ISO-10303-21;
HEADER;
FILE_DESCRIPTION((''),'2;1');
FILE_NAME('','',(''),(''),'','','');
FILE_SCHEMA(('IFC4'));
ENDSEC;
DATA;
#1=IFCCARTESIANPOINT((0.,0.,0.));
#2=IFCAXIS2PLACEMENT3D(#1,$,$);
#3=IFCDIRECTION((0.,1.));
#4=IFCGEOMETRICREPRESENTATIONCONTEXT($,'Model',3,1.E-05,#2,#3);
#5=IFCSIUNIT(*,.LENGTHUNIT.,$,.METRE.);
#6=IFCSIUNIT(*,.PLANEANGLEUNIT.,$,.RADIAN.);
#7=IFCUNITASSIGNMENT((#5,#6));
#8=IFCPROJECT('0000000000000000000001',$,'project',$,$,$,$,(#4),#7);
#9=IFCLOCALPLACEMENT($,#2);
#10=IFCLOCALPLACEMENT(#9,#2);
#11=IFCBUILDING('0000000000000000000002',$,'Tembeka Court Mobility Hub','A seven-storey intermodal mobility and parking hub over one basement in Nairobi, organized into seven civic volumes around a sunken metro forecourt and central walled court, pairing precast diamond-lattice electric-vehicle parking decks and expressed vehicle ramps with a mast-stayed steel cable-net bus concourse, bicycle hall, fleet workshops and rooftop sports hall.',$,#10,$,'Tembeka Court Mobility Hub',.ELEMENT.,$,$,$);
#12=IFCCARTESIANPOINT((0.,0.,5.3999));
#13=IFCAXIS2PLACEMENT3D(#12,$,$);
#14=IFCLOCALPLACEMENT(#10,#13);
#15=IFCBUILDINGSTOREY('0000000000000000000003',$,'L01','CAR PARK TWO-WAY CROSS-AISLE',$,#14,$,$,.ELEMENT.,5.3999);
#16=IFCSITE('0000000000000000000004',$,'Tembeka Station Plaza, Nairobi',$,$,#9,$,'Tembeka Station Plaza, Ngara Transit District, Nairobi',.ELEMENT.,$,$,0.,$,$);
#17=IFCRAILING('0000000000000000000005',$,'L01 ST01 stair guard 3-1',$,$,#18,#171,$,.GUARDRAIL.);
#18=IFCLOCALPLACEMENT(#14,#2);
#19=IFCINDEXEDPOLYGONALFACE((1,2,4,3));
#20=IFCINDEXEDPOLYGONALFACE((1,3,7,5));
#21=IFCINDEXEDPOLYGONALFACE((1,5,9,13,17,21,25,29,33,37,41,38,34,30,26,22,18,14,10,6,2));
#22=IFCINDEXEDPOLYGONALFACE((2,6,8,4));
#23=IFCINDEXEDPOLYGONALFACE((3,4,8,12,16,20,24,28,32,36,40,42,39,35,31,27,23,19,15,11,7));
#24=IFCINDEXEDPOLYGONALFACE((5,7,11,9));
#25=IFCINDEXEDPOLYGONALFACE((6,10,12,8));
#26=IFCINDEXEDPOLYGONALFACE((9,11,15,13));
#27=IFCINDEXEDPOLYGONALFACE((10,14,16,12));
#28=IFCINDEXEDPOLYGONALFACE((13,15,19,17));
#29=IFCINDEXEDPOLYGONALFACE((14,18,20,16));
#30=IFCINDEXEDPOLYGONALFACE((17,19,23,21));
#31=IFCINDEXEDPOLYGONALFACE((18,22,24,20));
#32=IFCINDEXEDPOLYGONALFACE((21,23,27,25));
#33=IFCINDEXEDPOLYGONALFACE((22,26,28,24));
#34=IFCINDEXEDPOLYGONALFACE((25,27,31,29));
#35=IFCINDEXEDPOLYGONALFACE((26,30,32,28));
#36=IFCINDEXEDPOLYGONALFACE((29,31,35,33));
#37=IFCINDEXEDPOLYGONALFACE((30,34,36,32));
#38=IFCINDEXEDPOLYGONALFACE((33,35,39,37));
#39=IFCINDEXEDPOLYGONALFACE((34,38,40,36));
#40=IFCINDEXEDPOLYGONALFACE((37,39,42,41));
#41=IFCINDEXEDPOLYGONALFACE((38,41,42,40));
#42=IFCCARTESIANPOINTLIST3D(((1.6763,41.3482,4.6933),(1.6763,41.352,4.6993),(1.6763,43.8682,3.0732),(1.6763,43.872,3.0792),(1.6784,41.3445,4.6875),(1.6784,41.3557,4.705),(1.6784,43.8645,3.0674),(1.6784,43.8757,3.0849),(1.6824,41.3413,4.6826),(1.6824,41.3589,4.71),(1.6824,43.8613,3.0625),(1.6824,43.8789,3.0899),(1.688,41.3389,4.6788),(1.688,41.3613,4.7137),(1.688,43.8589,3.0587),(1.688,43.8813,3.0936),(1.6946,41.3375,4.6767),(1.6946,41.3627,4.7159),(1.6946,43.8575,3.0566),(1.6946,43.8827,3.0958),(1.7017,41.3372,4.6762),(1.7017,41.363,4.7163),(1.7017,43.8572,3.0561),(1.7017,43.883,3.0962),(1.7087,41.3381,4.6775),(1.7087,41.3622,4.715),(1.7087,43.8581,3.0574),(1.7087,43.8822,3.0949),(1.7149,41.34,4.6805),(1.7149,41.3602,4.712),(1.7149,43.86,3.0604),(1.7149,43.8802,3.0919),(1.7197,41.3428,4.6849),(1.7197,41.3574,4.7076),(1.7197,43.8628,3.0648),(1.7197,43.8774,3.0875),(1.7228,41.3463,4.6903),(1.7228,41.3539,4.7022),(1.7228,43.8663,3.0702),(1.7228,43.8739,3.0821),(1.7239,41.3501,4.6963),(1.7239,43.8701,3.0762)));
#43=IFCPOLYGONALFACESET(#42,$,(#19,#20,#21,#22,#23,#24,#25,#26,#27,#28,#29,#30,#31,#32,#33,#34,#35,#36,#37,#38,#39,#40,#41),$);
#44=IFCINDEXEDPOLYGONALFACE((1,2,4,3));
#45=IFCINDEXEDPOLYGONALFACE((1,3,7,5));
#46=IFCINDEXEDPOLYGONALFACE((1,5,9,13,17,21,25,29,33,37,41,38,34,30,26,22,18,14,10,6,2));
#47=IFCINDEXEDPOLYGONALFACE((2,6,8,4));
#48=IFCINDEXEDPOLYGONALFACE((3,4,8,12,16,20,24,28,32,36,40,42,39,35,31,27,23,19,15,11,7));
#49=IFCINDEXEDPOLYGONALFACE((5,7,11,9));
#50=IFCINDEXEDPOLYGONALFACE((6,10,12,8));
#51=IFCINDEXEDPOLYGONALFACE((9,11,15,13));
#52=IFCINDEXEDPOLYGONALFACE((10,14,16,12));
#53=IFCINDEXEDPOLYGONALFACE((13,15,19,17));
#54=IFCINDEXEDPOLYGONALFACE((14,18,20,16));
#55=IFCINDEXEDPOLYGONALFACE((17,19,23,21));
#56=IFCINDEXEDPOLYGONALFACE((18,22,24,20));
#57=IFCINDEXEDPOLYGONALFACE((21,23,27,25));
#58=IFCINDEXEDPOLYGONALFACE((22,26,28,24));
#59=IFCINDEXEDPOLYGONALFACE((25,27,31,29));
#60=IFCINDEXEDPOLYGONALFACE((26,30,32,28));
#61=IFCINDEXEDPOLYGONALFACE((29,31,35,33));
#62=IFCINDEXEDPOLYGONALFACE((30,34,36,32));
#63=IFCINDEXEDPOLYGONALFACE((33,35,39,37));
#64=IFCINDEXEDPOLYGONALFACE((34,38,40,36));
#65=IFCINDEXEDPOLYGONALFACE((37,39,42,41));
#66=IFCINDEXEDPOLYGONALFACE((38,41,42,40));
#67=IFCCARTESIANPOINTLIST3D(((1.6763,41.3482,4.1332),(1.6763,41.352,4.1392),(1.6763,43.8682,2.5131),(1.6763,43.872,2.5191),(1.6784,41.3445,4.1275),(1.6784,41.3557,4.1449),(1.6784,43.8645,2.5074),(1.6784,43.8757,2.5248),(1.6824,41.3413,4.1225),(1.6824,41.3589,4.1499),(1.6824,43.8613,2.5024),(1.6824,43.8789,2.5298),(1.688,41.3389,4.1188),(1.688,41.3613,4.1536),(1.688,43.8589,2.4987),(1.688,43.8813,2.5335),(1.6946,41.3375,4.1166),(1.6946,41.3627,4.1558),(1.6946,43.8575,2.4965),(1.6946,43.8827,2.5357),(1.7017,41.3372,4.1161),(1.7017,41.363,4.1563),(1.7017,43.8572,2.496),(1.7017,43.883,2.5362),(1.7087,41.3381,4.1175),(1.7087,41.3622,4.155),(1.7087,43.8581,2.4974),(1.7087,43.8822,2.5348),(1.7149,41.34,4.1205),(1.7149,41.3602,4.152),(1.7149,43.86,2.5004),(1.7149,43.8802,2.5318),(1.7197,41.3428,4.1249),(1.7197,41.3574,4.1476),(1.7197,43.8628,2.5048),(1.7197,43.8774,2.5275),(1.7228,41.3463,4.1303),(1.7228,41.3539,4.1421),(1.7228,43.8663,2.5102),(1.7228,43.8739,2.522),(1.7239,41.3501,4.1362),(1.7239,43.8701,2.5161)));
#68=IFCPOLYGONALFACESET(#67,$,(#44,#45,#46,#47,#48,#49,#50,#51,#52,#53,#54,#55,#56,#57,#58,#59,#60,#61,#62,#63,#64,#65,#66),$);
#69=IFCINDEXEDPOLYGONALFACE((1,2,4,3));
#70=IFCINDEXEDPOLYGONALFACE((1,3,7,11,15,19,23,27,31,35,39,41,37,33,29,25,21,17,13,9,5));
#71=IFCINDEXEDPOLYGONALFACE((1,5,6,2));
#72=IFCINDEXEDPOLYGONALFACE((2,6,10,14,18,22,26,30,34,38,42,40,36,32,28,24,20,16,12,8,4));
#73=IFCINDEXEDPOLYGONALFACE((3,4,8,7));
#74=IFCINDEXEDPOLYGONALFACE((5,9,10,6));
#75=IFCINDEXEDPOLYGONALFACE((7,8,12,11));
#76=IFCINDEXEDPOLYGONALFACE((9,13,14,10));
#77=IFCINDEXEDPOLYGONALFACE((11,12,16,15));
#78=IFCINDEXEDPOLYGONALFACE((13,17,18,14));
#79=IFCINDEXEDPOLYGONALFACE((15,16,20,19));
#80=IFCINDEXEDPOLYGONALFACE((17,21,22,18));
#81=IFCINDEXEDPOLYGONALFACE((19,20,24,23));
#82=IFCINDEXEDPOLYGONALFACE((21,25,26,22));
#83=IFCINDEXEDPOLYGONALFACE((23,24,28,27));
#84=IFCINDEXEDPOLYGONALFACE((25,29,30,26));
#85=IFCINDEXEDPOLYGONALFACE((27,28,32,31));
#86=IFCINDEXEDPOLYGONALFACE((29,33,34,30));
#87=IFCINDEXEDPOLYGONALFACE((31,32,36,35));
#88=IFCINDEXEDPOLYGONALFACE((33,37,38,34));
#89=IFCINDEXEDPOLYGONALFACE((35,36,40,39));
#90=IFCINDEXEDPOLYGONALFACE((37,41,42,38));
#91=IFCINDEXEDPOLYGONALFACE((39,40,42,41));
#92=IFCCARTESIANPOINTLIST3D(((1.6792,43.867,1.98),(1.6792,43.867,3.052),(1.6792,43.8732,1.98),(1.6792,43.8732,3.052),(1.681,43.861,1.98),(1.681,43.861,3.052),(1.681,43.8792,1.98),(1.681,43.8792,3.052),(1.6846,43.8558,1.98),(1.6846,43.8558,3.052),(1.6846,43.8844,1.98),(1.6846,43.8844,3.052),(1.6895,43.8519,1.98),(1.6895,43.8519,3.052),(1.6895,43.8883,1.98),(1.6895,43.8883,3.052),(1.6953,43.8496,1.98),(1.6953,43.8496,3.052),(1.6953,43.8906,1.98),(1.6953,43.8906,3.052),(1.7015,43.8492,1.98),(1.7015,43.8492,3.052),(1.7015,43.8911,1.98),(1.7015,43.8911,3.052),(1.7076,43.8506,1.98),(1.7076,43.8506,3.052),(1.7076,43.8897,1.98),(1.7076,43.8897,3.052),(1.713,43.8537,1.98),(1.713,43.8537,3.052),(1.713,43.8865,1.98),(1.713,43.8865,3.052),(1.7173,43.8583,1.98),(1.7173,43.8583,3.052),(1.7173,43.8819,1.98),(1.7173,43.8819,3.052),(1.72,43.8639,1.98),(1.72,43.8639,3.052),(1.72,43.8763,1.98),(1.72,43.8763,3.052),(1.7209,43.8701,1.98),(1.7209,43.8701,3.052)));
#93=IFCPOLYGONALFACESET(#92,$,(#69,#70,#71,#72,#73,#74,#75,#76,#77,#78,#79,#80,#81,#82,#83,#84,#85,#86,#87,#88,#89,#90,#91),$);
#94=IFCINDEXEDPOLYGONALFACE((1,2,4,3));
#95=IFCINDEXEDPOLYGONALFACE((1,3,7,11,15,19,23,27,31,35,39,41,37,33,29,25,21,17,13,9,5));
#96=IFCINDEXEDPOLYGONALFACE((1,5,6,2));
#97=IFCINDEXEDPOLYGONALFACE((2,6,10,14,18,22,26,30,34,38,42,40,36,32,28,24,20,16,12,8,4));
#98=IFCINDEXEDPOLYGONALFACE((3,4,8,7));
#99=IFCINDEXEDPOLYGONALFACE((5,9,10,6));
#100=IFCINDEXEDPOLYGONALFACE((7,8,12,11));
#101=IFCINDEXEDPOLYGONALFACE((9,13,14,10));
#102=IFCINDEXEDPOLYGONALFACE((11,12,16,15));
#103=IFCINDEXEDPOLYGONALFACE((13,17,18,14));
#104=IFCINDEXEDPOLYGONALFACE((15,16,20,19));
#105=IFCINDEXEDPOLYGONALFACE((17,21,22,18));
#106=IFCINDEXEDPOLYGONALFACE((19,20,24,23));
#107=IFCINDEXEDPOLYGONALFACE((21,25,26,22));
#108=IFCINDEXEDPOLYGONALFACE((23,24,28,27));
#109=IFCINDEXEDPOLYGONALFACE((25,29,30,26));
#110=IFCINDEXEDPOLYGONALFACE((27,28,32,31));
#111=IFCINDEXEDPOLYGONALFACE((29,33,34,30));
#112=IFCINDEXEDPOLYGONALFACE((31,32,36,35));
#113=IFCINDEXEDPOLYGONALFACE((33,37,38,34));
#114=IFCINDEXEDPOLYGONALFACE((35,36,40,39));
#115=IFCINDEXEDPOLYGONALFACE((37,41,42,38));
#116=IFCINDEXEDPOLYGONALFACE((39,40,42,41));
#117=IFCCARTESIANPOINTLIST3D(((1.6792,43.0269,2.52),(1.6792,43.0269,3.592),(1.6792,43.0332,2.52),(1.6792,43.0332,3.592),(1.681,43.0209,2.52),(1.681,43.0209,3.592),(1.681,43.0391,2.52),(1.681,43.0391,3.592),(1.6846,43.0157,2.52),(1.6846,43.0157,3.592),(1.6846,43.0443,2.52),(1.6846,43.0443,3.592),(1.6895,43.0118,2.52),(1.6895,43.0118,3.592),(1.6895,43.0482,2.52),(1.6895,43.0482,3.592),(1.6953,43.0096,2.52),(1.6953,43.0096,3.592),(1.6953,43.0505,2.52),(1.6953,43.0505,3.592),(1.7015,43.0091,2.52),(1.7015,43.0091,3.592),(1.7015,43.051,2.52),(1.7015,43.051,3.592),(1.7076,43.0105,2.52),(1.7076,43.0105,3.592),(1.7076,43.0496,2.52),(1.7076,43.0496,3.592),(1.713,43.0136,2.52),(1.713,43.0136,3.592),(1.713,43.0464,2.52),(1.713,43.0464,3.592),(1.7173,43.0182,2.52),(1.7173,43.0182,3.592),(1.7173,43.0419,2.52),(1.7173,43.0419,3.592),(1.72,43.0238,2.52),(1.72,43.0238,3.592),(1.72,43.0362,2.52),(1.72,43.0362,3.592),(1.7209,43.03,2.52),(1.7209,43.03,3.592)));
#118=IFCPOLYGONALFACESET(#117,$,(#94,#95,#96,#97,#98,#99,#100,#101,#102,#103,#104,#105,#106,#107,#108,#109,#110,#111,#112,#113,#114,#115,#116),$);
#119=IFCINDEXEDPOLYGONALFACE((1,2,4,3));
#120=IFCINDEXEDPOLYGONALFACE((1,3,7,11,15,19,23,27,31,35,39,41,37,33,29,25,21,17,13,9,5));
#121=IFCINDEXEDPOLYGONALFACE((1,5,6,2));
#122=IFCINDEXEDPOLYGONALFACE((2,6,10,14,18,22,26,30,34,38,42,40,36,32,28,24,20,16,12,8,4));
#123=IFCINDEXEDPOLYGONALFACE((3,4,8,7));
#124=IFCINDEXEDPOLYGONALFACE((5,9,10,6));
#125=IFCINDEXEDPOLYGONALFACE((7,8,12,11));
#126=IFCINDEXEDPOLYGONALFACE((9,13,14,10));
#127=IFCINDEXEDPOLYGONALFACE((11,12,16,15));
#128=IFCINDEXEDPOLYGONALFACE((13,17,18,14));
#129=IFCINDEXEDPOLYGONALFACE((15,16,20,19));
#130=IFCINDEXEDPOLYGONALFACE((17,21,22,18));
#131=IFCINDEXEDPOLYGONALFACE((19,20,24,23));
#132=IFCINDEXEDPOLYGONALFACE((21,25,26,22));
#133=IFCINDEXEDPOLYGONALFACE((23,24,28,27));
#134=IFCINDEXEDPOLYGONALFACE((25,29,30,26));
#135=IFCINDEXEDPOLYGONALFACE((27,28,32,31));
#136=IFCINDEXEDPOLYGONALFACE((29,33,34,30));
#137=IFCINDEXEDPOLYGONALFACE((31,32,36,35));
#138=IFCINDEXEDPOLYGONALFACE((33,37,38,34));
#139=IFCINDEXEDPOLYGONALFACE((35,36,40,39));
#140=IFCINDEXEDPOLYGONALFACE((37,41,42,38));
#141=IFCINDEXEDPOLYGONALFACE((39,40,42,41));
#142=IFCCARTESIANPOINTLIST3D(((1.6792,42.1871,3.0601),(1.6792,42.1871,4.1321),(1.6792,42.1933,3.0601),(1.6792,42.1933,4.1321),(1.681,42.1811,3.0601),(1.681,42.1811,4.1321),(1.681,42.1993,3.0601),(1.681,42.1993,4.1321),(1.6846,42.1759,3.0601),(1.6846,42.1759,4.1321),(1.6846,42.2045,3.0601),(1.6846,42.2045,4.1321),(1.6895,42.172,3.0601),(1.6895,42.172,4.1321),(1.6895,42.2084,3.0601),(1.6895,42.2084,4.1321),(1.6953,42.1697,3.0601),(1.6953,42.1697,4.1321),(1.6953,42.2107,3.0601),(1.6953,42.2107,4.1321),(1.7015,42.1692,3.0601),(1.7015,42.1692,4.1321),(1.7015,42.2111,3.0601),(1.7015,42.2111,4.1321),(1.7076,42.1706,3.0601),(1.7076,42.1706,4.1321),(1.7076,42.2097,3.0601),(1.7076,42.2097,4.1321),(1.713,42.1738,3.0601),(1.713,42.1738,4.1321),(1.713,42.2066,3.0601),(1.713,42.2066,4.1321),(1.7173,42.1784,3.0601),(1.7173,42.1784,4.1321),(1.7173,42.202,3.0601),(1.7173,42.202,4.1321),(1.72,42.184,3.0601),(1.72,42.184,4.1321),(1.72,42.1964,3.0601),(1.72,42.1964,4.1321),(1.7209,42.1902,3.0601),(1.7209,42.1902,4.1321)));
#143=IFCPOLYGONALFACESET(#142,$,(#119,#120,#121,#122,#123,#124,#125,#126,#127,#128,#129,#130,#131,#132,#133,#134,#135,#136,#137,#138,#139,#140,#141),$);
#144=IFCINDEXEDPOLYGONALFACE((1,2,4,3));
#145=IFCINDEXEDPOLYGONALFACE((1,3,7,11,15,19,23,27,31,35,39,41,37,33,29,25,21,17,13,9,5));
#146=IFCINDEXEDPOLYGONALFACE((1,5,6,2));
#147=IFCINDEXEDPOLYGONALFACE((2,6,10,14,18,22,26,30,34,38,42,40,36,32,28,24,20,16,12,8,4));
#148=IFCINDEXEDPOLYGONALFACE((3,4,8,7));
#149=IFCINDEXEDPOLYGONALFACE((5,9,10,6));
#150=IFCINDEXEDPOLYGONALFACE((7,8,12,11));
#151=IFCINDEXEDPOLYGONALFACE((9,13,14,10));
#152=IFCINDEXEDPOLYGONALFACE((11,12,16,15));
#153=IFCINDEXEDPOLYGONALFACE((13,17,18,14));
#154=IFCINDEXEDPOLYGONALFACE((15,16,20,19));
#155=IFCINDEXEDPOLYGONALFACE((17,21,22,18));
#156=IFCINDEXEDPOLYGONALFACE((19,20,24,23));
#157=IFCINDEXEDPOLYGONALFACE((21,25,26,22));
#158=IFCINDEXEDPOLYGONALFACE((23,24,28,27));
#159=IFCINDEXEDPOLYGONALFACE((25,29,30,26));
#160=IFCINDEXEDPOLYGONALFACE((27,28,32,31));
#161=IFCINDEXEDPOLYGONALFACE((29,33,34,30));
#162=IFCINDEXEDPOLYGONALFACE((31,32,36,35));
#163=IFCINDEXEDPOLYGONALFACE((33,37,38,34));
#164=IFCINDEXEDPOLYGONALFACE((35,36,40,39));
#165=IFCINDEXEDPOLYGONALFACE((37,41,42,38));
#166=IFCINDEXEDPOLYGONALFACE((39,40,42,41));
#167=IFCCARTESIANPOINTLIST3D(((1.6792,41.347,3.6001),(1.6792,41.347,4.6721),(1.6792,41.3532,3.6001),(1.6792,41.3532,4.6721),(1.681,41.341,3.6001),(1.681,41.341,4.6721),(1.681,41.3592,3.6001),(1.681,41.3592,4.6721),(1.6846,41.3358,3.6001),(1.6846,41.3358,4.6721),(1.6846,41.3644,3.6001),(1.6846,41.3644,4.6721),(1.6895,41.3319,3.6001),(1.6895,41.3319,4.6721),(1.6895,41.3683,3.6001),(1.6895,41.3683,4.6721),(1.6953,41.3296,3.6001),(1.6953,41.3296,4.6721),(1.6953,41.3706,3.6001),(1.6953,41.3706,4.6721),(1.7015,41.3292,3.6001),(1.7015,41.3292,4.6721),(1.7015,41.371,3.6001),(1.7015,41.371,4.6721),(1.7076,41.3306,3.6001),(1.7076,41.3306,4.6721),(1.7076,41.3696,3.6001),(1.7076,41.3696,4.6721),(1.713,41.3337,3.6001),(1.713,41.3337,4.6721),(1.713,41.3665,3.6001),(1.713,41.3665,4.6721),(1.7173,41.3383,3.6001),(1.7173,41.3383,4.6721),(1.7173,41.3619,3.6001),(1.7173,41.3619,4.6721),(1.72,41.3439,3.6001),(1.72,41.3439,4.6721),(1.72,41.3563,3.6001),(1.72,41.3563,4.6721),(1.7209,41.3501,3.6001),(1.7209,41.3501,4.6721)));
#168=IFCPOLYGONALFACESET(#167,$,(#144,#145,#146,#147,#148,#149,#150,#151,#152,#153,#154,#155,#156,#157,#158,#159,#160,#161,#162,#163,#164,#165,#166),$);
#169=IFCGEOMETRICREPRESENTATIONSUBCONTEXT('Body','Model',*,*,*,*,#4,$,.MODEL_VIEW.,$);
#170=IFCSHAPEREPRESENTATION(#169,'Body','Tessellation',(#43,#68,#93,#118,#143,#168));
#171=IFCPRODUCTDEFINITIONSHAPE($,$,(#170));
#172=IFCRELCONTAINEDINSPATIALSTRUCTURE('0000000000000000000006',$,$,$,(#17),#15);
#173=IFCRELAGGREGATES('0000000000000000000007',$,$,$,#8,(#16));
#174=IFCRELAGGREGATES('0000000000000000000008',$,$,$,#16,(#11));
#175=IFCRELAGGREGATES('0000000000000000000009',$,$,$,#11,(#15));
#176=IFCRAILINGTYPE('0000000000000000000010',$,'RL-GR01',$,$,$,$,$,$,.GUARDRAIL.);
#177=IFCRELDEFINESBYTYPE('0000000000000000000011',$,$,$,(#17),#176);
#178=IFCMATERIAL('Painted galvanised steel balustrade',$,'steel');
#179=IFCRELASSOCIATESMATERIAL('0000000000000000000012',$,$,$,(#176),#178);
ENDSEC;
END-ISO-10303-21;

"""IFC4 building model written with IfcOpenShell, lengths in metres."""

from ifc_helpers import new_model, si_unit, direction, frame, origin, origin_2d, place, context, subcontext, project, spatial, circle, extrude, material, type_object, element, save


model = new_model("IFC4")

# Units and contexts
model_context = context("Model", 3, precision=1e-05, world=origin(), true_north=direction((0.0, 1.0)))
body_context = subcontext(model_context, "Body", "Model", "MODEL_VIEW")
ifc_project = project(units=[si_unit("LENGTHUNIT", "METRE"), si_unit("PLANEANGLEUNIT", "RADIAN")], contexts=[model_context])

# Site, building, storey
site_placement = place(None, origin())
site = spatial("IfcSite", under=ifc_project, at=site_placement, Name="Tembeka Station Plaza, Nairobi", LongName="Tembeka Station Plaza, Ngara Transit District, Nairobi", CompositionType="ELEMENT", RefElevation=0.0)
building_placement = place(site_placement, origin())
building = spatial("IfcBuilding", under=site, at=building_placement, Name="Tembeka Court Mobility Hub", Description="A seven-storey intermodal mobility and parking hub over one basement in Nairobi, organized into seven civic volumes around a sunken metro forecourt and central walled court, pairing precast diamond-lattice electric-vehicle parking decks and expressed vehicle ramps with a mast-stayed steel cable-net bus concourse, bicycle hall, fleet workshops and rooftop sports hall.", LongName="Tembeka Court Mobility Hub", CompositionType="ELEMENT")
storey_placement = place(building_placement, frame((0.0, 0.0, 5.3999)))
storey = spatial("IfcBuildingStorey", under=building, at=storey_placement, Name="L01", Description="CAR PARK TWO-WAY CROSS-AISLE", CompositionType="ELEMENT", Elevation=5.3999)

# Railing
ifc_material_1 = material(Name="Painted galvanised steel balustrade", Category="steel")
railing_type_1 = type_object("IfcRailingType", Name="RL-GR01", PredefinedType="GUARDRAIL", material=ifc_material_1)
railing_1_placement = place(storey_placement, frame((1.7, 43.8701, 1.98)))
element("IfcRailing", 1, at=railing_1_placement, inside=storey, type_object=railing_type_1, Name="L01 ST01 stair guard 3-1", PredefinedType="GUARDRAIL", context=body_context, shape_type="SweptSolid", body=[
    extrude(circle(Radius=0.0239, at=origin_2d()), frame((0.0, 0.0, 1.0962), z_axis=(0.0, -0.841163, 0.540782), x_axis=(1.0, 0.0, 0.0)), (0.0, 0.0, 1.0), 2.9958),
    extrude(circle(Radius=0.0239, at=origin_2d()), frame((0.0, 0.0, 0.5361), z_axis=(0.0, -0.841163, 0.540782), x_axis=(1.0, 0.0, 0.0)), (0.0, 0.0, 1.0), 2.9958),
    extrude(circle(Radius=0.021, at=origin_2d()), origin(), (0.0, 0.0, 1.0), 1.072),
    extrude(circle(Radius=0.021, at=origin_2d()), frame((0.0, -0.8401, 0.54)), (0.0, 0.0, 1.0), 1.072),
    extrude(circle(Radius=0.021, at=origin_2d()), frame((0.0, -1.6799, 1.0801)), (0.0, 0.0, 1.0), 1.072),
    extrude(circle(Radius=0.021, at=origin_2d()), frame((0.0, -2.52, 1.6201)), (0.0, 0.0, 1.0), 1.072),
])

save(model, "model.ifc")
